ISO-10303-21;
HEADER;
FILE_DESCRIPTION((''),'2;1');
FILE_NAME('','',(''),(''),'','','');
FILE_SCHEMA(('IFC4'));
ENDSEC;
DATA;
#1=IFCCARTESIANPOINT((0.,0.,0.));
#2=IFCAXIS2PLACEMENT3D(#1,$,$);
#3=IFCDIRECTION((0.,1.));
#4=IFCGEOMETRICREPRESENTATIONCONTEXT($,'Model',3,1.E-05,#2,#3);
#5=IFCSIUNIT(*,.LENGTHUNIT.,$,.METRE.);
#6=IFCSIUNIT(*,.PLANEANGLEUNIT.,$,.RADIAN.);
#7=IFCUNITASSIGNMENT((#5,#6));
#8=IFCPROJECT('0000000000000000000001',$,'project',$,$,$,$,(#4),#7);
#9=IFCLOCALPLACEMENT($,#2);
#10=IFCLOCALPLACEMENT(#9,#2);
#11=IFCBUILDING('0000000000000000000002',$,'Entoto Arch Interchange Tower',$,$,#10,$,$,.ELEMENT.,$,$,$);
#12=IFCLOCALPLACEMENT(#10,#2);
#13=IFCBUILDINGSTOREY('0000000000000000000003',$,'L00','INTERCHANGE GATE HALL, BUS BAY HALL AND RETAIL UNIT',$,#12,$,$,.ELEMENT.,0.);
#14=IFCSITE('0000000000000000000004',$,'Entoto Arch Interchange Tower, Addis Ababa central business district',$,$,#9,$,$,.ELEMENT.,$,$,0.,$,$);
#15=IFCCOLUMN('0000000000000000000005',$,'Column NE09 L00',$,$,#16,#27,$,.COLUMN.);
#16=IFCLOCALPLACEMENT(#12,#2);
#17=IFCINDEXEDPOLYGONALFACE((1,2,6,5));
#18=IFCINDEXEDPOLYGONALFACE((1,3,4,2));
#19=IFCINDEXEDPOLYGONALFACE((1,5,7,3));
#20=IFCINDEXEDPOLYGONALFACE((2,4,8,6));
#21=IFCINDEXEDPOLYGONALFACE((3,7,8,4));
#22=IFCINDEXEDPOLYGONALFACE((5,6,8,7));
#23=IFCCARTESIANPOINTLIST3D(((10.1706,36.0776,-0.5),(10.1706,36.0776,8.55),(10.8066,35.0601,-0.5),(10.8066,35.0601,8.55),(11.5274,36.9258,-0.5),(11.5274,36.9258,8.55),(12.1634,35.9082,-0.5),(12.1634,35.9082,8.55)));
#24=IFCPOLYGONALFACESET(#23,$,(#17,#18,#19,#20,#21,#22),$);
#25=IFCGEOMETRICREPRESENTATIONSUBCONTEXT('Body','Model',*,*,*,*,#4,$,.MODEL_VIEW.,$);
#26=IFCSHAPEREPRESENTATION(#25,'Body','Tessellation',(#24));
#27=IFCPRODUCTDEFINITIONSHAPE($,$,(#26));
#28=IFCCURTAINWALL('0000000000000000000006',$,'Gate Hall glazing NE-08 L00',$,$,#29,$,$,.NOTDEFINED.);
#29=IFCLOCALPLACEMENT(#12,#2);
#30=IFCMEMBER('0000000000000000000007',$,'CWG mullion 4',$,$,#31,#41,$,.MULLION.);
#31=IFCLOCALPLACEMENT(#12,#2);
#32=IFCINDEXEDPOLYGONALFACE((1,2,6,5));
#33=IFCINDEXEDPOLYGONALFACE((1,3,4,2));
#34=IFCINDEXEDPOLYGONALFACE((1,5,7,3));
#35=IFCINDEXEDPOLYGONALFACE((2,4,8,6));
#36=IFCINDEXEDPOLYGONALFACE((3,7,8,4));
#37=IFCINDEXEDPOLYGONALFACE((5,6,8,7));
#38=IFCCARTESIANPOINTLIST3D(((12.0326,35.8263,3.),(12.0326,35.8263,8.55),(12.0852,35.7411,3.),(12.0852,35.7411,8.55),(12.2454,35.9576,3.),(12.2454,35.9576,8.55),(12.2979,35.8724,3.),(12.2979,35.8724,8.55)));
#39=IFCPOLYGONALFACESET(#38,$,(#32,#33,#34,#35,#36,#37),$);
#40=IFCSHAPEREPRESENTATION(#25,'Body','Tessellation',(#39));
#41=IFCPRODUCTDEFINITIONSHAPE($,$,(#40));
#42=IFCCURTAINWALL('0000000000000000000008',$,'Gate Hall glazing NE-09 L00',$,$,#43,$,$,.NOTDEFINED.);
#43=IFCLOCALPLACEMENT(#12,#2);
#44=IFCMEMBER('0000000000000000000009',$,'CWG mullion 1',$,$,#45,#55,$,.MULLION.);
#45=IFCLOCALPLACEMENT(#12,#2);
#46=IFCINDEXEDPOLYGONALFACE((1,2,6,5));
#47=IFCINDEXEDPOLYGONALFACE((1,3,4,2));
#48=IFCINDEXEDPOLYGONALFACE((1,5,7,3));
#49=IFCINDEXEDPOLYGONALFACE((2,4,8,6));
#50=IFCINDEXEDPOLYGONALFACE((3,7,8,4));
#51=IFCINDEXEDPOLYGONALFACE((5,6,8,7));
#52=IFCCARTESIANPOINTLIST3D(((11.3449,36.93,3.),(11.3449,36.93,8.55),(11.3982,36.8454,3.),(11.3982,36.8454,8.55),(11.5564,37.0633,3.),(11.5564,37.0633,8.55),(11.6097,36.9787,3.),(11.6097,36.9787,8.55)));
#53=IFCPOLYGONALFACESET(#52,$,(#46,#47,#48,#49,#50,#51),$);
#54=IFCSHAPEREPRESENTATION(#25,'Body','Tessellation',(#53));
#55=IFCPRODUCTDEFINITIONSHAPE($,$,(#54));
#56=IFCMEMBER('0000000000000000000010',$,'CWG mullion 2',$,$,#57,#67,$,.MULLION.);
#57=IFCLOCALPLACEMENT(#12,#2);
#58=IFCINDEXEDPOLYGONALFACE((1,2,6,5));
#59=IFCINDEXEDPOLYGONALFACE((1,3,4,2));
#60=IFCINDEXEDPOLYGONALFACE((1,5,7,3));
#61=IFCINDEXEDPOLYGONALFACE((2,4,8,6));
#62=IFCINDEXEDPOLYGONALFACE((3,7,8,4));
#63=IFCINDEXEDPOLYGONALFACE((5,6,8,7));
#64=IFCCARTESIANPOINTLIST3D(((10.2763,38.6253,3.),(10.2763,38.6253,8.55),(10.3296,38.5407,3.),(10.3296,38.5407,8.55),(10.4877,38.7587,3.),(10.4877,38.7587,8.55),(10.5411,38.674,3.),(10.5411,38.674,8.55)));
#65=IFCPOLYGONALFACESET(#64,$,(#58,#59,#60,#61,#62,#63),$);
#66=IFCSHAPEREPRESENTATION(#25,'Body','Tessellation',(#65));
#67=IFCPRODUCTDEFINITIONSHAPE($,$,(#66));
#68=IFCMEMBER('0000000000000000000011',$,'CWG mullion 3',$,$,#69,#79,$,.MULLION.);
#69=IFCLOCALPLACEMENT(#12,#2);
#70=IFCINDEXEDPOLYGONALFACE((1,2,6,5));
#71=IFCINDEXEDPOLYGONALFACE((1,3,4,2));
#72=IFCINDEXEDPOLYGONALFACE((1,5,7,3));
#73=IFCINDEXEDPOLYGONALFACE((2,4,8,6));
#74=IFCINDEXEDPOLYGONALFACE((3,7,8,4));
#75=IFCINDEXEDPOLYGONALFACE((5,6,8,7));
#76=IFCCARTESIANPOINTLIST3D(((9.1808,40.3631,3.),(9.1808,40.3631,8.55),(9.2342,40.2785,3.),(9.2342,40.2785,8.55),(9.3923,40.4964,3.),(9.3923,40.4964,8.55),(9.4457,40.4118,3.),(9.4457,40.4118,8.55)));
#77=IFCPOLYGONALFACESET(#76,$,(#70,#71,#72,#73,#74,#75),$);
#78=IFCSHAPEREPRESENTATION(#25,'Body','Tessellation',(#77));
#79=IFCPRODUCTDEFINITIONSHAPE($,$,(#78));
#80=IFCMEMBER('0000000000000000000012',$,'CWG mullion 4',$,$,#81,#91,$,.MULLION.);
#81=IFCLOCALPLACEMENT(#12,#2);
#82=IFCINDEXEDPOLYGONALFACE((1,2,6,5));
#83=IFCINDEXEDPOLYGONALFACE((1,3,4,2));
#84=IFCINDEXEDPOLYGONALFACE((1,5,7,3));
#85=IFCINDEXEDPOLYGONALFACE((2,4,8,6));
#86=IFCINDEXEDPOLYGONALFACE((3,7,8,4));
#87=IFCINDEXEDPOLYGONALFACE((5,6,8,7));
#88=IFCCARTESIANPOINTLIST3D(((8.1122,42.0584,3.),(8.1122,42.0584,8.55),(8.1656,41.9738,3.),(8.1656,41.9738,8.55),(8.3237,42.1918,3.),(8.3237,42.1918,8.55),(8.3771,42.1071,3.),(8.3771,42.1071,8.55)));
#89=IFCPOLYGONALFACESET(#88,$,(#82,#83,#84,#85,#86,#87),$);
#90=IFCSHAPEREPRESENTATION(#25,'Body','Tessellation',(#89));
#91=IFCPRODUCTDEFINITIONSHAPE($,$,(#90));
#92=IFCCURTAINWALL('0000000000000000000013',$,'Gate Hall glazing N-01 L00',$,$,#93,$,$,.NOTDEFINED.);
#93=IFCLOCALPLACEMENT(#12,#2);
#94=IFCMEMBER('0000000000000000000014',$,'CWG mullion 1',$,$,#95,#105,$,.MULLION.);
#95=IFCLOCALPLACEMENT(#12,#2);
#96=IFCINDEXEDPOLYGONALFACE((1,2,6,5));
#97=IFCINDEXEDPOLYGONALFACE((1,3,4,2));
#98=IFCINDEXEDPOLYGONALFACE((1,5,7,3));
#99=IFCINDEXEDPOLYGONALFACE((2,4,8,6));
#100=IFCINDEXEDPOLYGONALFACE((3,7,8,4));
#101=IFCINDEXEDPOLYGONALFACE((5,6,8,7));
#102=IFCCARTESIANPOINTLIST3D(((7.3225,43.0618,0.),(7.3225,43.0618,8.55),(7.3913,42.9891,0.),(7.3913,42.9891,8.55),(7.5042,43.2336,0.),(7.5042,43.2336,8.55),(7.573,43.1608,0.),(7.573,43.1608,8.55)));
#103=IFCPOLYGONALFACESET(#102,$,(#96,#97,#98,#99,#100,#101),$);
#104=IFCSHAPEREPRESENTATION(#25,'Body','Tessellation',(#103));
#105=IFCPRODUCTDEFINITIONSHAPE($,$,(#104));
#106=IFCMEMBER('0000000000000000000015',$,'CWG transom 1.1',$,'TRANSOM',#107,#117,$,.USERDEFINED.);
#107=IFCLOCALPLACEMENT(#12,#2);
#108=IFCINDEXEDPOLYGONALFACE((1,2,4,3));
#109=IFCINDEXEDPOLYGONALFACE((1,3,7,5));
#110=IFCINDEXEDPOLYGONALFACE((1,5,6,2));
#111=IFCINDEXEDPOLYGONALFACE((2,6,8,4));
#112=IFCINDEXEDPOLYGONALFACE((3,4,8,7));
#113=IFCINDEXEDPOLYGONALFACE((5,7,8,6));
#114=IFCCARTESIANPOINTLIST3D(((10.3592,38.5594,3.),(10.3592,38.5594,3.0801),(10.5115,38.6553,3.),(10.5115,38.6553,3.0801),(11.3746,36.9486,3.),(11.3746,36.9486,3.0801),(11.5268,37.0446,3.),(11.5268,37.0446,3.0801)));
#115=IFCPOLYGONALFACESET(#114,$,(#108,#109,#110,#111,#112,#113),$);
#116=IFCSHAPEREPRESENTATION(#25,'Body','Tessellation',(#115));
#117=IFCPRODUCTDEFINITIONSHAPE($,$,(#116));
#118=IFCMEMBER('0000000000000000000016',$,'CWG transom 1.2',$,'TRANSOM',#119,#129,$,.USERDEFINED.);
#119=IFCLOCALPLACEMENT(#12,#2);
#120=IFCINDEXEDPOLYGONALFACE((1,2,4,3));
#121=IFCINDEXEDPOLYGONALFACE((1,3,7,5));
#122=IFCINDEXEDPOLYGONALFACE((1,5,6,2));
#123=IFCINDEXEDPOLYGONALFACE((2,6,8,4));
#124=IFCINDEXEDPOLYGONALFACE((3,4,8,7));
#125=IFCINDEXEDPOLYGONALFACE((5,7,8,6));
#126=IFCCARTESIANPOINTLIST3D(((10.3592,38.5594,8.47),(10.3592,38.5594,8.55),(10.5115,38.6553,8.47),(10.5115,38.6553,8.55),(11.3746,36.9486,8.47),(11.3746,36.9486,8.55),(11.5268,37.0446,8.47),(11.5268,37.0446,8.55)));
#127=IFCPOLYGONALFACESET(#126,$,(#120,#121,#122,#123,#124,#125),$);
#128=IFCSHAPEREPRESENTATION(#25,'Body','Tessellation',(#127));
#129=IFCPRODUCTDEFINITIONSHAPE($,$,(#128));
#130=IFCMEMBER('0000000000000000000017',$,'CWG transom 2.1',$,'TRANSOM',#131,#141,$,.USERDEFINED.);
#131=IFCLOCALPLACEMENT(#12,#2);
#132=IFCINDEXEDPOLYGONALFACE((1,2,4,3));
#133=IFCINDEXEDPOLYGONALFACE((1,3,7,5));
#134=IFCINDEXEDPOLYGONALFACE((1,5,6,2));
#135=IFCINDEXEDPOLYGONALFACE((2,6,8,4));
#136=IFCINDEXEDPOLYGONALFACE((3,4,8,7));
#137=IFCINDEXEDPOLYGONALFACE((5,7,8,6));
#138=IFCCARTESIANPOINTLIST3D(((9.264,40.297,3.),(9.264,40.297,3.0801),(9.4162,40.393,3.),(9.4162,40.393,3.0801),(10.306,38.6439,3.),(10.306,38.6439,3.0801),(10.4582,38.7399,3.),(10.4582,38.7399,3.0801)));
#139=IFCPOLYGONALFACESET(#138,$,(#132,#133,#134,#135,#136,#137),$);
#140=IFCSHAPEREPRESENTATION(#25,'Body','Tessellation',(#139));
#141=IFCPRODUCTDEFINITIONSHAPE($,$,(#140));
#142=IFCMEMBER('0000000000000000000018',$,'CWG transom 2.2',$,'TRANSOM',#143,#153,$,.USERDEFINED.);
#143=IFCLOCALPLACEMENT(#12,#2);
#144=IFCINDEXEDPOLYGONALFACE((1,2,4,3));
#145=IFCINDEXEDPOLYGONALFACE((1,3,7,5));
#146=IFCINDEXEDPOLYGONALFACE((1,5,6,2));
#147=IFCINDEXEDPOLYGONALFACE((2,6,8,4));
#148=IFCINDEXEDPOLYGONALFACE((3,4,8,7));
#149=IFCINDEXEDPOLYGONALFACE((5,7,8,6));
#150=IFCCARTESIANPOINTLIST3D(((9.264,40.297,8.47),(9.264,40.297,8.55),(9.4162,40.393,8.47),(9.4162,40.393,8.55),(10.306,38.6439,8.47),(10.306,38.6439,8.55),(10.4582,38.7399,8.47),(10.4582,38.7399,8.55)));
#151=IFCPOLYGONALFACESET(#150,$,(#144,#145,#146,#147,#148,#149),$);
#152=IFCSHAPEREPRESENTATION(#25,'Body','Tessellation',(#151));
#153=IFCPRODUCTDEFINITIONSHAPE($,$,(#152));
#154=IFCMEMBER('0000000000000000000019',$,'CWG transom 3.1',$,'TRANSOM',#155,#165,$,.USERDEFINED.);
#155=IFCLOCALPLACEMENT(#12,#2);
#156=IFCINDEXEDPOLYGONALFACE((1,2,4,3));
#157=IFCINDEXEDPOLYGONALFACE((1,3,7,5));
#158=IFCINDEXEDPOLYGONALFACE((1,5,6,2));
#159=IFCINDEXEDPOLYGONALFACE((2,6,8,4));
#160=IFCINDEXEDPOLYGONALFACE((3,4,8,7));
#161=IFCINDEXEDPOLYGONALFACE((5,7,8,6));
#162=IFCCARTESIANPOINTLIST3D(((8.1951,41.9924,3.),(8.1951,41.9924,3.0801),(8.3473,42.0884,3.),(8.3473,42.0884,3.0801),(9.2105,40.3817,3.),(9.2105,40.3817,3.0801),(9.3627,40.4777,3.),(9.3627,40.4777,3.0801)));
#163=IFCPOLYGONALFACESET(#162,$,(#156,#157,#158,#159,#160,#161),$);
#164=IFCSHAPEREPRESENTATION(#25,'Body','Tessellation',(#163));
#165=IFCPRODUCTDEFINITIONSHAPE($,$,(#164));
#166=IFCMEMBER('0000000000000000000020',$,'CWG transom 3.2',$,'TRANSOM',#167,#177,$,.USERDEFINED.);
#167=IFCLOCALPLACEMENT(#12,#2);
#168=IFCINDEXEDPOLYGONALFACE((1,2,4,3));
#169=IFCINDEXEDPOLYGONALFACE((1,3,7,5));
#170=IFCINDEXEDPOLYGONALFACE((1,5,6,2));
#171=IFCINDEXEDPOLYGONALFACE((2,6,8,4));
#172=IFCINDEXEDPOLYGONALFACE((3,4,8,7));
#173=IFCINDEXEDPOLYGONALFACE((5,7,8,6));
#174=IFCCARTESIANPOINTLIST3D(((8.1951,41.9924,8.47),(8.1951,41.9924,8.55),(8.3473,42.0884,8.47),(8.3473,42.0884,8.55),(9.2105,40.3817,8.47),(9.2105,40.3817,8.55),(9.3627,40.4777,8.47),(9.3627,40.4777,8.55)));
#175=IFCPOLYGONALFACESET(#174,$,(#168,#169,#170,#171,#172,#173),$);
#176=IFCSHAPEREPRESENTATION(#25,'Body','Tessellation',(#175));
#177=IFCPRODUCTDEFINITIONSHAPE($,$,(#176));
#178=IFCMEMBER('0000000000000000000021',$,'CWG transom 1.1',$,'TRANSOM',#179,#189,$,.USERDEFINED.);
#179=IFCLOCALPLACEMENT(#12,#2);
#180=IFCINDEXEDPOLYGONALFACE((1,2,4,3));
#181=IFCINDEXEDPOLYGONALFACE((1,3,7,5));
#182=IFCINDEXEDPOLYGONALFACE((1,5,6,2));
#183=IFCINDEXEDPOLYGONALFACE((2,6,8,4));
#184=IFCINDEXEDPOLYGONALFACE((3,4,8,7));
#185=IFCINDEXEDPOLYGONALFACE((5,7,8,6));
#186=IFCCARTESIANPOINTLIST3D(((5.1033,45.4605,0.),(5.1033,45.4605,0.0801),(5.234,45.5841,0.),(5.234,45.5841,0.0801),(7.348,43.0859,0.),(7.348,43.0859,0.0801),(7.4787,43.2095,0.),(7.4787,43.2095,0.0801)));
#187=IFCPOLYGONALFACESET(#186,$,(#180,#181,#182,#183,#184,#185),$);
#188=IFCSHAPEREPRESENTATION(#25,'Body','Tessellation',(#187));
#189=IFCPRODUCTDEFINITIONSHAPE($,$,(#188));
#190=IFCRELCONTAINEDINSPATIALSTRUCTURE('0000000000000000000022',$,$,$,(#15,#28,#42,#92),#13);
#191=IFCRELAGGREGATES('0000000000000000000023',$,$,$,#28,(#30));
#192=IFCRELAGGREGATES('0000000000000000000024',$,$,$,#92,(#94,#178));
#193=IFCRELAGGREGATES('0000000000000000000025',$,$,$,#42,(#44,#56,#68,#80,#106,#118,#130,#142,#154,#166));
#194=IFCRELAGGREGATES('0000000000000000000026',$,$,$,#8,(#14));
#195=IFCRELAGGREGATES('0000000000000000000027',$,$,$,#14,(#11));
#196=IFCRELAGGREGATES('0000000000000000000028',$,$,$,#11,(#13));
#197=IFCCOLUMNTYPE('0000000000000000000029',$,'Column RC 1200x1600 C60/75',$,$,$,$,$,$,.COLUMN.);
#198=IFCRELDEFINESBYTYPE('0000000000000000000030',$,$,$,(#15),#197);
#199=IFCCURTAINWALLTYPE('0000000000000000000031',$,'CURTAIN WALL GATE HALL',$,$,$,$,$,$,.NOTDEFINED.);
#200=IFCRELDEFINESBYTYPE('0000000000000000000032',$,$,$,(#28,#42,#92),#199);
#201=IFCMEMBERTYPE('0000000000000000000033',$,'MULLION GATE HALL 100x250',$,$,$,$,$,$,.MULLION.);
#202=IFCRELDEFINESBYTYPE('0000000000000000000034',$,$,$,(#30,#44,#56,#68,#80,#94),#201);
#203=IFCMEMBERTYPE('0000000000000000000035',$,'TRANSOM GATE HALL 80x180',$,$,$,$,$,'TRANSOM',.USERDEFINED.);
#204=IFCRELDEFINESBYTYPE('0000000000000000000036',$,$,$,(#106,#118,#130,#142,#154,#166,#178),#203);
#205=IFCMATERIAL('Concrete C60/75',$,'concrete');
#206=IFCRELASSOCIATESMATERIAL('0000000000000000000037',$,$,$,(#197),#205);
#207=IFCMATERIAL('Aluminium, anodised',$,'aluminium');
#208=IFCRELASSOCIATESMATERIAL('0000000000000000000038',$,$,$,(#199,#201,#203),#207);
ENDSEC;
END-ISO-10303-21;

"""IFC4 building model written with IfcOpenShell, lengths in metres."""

from ifc_helpers import new_model, si_unit, direction, frame, origin, origin_2d, place, context, subcontext, project, spatial, rectangle, extrude, material, material_profile, profile_set, type_object, element, aggregate, save


model = new_model("IFC4")

# Units and contexts
model_context = context("Model", 3, precision=1e-05, world=origin(), true_north=direction((0.0, 1.0)))
body_context = subcontext(model_context, "Body", "Model", "MODEL_VIEW")
ifc_project = project(units=[si_unit("LENGTHUNIT", "METRE"), si_unit("PLANEANGLEUNIT", "RADIAN")], contexts=[model_context])

# Site, building, storey
site_placement = place(None, origin())
site = spatial("IfcSite", under=ifc_project, at=site_placement, Name="Entoto Arch Interchange Tower, Addis Ababa central business district", CompositionType="ELEMENT", RefElevation=0.0)
building_placement = place(site_placement, origin())
building = spatial("IfcBuilding", under=site, at=building_placement, Name="Entoto Arch Interchange Tower", CompositionType="ELEMENT")
storey_placement = place(building_placement, origin())
storey = spatial("IfcBuildingStorey", under=building, at=storey_placement, Name="L00", Description="INTERCHANGE GATE HALL, BUS BAY HALL AND RETAIL UNIT", CompositionType="ELEMENT", Elevation=0.0)

# Column
ifc_material_1 = material(Name="Concrete C60/75", Category="concrete")
ifc_material_profile_1 = material_profile(ifc_material_1, rectangle(XDim=1.2, YDim=1.6001, at=origin_2d()))
ifc_profile_set_1 = profile_set([ifc_material_profile_1], Name="Concrete C60/75")
column_type = type_object("IfcColumnType", Name="Column RC 1200x1600 C60/75", PredefinedType="COLUMN", material=ifc_profile_set_1)
column_placement = place(storey_placement, frame((11.167, 35.9929, -0.5), z_axis=(0.0, 0.0, 1.0), x_axis=(-0.530067, 0.847956, 0.0)))
element("IfcColumn", 1, at=column_placement, inside=storey, type_object=column_type, Name="Column NE09 L00", PredefinedType="COLUMN", context=body_context, shape_type="SweptSolid", body=[
    extrude(rectangle(XDim=1.2, YDim=1.6001, at=origin_2d()), origin(), (0.0, 0.0, 1.0), 9.05),
])

# Curtain wall, member
ifc_material_2 = material(Name="Aluminium, anodised", Category="aluminium")
curtain_wall_type = type_object("IfcCurtainWallType", Name="CURTAIN WALL GATE HALL", PredefinedType="NOTDEFINED", material=ifc_material_2)
curtain_wall_1_placement = place(storey_placement, origin())
curtain_wall_1 = element("IfcCurtainWall", 2, at=curtain_wall_1_placement, inside=storey, type_object=curtain_wall_type, Name="Gate Hall glazing NE-08 L00", PredefinedType="NOTDEFINED")
ifc_material_profile_2 = material_profile(ifc_material_2, rectangle(XDim=0.25, YDim=0.1001, at=origin_2d()))
ifc_profile_set_2 = profile_set([ifc_material_profile_2], Name="Aluminium, anodised")
member_type_1 = type_object("IfcMemberType", Name="MULLION GATE HALL 100x250", PredefinedType="MULLION", material=ifc_profile_set_2)
member_1_placement = place(storey_placement, frame((12.1653, 35.8494, 3.0), z_axis=(0.0, 0.0, 1.0), x_axis=(-0.851097, -0.525009, 0.0)))
member_1 = element("IfcMember", 3, at=member_1_placement, type_object=member_type_1, Name="CWG mullion 4", PredefinedType="MULLION", context=body_context, shape_type="SweptSolid", body=[
    extrude(rectangle(XDim=0.25, YDim=0.1001, at=origin_2d()), origin(), (0.0, 0.0, 1.0), 5.55),
])
aggregate(curtain_wall_1, [member_1])

# Curtain wall, members
curtain_wall_2_placement = place(storey_placement, origin())
curtain_wall_2 = element("IfcCurtainWall", 4, at=curtain_wall_2_placement, inside=storey, type_object=curtain_wall_type, Name="Gate Hall glazing NE-09 L00", PredefinedType="NOTDEFINED")
member_2_placement = place(storey_placement, frame((11.4773, 36.9543, 3.0), z_axis=(0.0, 0.0, 1.0), x_axis=(-0.845959, -0.533248, 0.0)))
member_2 = element("IfcMember", 5, at=member_2_placement, type_object=member_type_1, Name="CWG mullion 1", PredefinedType="MULLION", context=body_context, shape_type="SweptSolid", body=[
    extrude(rectangle(XDim=0.25, YDim=0.1001, at=origin_2d()), origin(), (0.0, 0.0, 1.0), 5.55),
])
member_3_placement = place(storey_placement, frame((10.4087, 38.6497, 3.0), z_axis=(0.0, 0.0, 1.0), x_axis=(-0.845959, -0.533248, 0.0)))
member_3 = element("IfcMember", 6, at=member_3_placement, type_object=member_type_1, Name="CWG mullion 2", PredefinedType="MULLION", context=body_context, shape_type="SweptSolid", body=[
    extrude(rectangle(XDim=0.25, YDim=0.1001, at=origin_2d()), origin(), (0.0, 0.0, 1.0), 5.55),
])
member_4_placement = place(storey_placement, frame((9.3132, 40.3875, 3.0), z_axis=(0.0, 0.0, 1.0), x_axis=(-0.845959, -0.533248, 0.0)))
member_4 = element("IfcMember", 7, at=member_4_placement, type_object=member_type_1, Name="CWG mullion 3", PredefinedType="MULLION", context=body_context, shape_type="SweptSolid", body=[
    extrude(rectangle(XDim=0.25, YDim=0.1001, at=origin_2d()), origin(), (0.0, 0.0, 1.0), 5.55),
])
member_5_placement = place(storey_placement, frame((8.2446, 42.0828, 3.0), z_axis=(0.0, 0.0, 1.0), x_axis=(-0.845959, -0.533248, 0.0)))
member_5 = element("IfcMember", 8, at=member_5_placement, type_object=member_type_1, Name="CWG mullion 4", PredefinedType="MULLION", context=body_context, shape_type="SweptSolid", body=[
    extrude(rectangle(XDim=0.25, YDim=0.1001, at=origin_2d()), origin(), (0.0, 0.0, 1.0), 5.55),
])

# Curtain wall, member
curtain_wall_3_placement = place(storey_placement, origin())
curtain_wall_3 = element("IfcCurtainWall", 9, at=curtain_wall_3_placement, inside=storey, type_object=curtain_wall_type, Name="Gate Hall glazing N-01 L00", PredefinedType="NOTDEFINED")
member_6_placement = place(storey_placement, frame((7.4478, 43.1113, 0.0), z_axis=(0.0, 0.0, 1.0), x_axis=(-0.726725, -0.686928, 0.0)))
member_6 = element("IfcMember", 10, at=member_6_placement, type_object=member_type_1, Name="CWG mullion 1", PredefinedType="MULLION", context=body_context, shape_type="SweptSolid", body=[
    extrude(rectangle(XDim=0.25, YDim=0.1001, at=origin_2d()), origin(), (0.0, 0.0, 1.0), 8.55),
])

# Members
ifc_material_profile_3 = material_profile(ifc_material_2, rectangle(XDim=0.1799, YDim=0.0801, at=origin_2d()))
ifc_profile_set_3 = profile_set([ifc_material_profile_3], Name="Aluminium, anodised")
member_type_2 = type_object("IfcMemberType", Name="TRANSOM GATE HALL 80x180", ElementType="TRANSOM", PredefinedType="USERDEFINED", material=ifc_profile_set_3)
member_7_placement = place(storey_placement, frame((11.4507, 36.9966, 3.04), z_axis=(-0.533245, 0.845961, 0.0), x_axis=(-0.845961, -0.533245, 0.0)))
member_7 = element("IfcMember", 11, at=member_7_placement, type_object=member_type_2, Name="CWG transom 1.1", ObjectType="TRANSOM", PredefinedType="USERDEFINED", context=body_context, shape_type="SweptSolid", body=[
    extrude(rectangle(XDim=0.1799, YDim=0.0801, at=origin_2d()), origin(), (0.0, 0.0, 1.0), 1.9041),
])
member_8_placement = place(storey_placement, frame((11.4507, 36.9966, 8.51), z_axis=(-0.533245, 0.845961, 0.0), x_axis=(-0.845961, -0.533245, 0.0)))
member_8 = element("IfcMember", 12, at=member_8_placement, type_object=member_type_2, Name="CWG transom 1.2", ObjectType="TRANSOM", PredefinedType="USERDEFINED", context=body_context, shape_type="SweptSolid", body=[
    extrude(rectangle(XDim=0.1799, YDim=0.0801, at=origin_2d()), origin(), (0.0, 0.0, 1.0), 1.9041),
])
member_9_placement = place(storey_placement, frame((10.3821, 38.6919, 3.04), z_axis=(-0.533241, 0.845964, 0.0), x_axis=(-0.845964, -0.533241, 0.0)))
member_9 = element("IfcMember", 13, at=member_9_placement, type_object=member_type_2, Name="CWG transom 2.1", ObjectType="TRANSOM", PredefinedType="USERDEFINED", context=body_context, shape_type="SweptSolid", body=[
    extrude(rectangle(XDim=0.1799, YDim=0.0801, at=origin_2d()), origin(), (0.0, 0.0, 1.0), 1.9541),
])
member_10_placement = place(storey_placement, frame((10.3821, 38.6919, 8.51), z_axis=(-0.533241, 0.845964, 0.0), x_axis=(-0.845964, -0.533241, 0.0)))
member_10 = element("IfcMember", 14, at=member_10_placement, type_object=member_type_2, Name="CWG transom 2.2", ObjectType="TRANSOM", PredefinedType="USERDEFINED", context=body_context, shape_type="SweptSolid", body=[
    extrude(rectangle(XDim=0.1799, YDim=0.0801, at=origin_2d()), origin(), (0.0, 0.0, 1.0), 1.9541),
])
member_11_placement = place(storey_placement, frame((9.2866, 40.4297, 3.04), z_axis=(-0.533303, 0.845924, 0.0), x_axis=(-0.845924, -0.533303, 0.0)))
member_11 = element("IfcMember", 15, at=member_11_placement, type_object=member_type_2, Name="CWG transom 3.1", ObjectType="TRANSOM", PredefinedType="USERDEFINED", context=body_context, shape_type="SweptSolid", body=[
    extrude(rectangle(XDim=0.1799, YDim=0.0801, at=origin_2d()), origin(), (0.0, 0.0, 1.0), 1.9041),
])
member_12_placement = place(storey_placement, frame((9.2866, 40.4297, 8.51), z_axis=(-0.533303, 0.845924, 0.0), x_axis=(-0.845924, -0.533303, 0.0)))
member_12 = element("IfcMember", 16, at=member_12_placement, type_object=member_type_2, Name="CWG transom 3.2", ObjectType="TRANSOM", PredefinedType="USERDEFINED", context=body_context, shape_type="SweptSolid", body=[
    extrude(rectangle(XDim=0.1799, YDim=0.0801, at=origin_2d()), origin(), (0.0, 0.0, 1.0), 1.9041),
])
member_13_placement = place(storey_placement, frame((7.4133, 43.1477, 0.04), z_axis=(-0.686953, 0.726702, 0.0), x_axis=(-0.726702, -0.686953, 0.0)))
member_13 = element("IfcMember", 17, at=member_13_placement, type_object=member_type_2, Name="CWG transom 1.1", ObjectType="TRANSOM", PredefinedType="USERDEFINED", context=body_context, shape_type="SweptSolid", body=[
    extrude(rectangle(XDim=0.1799, YDim=0.0801, at=origin_2d()), origin(), (0.0, 0.0, 1.0), 3.2676),
])
aggregate(curtain_wall_3, [member_6, member_13])

aggregate(curtain_wall_2, [member_2, member_3, member_4, member_5, member_7, member_8, member_9, member_10, member_11, member_12])

save(model, "model.ifc")
